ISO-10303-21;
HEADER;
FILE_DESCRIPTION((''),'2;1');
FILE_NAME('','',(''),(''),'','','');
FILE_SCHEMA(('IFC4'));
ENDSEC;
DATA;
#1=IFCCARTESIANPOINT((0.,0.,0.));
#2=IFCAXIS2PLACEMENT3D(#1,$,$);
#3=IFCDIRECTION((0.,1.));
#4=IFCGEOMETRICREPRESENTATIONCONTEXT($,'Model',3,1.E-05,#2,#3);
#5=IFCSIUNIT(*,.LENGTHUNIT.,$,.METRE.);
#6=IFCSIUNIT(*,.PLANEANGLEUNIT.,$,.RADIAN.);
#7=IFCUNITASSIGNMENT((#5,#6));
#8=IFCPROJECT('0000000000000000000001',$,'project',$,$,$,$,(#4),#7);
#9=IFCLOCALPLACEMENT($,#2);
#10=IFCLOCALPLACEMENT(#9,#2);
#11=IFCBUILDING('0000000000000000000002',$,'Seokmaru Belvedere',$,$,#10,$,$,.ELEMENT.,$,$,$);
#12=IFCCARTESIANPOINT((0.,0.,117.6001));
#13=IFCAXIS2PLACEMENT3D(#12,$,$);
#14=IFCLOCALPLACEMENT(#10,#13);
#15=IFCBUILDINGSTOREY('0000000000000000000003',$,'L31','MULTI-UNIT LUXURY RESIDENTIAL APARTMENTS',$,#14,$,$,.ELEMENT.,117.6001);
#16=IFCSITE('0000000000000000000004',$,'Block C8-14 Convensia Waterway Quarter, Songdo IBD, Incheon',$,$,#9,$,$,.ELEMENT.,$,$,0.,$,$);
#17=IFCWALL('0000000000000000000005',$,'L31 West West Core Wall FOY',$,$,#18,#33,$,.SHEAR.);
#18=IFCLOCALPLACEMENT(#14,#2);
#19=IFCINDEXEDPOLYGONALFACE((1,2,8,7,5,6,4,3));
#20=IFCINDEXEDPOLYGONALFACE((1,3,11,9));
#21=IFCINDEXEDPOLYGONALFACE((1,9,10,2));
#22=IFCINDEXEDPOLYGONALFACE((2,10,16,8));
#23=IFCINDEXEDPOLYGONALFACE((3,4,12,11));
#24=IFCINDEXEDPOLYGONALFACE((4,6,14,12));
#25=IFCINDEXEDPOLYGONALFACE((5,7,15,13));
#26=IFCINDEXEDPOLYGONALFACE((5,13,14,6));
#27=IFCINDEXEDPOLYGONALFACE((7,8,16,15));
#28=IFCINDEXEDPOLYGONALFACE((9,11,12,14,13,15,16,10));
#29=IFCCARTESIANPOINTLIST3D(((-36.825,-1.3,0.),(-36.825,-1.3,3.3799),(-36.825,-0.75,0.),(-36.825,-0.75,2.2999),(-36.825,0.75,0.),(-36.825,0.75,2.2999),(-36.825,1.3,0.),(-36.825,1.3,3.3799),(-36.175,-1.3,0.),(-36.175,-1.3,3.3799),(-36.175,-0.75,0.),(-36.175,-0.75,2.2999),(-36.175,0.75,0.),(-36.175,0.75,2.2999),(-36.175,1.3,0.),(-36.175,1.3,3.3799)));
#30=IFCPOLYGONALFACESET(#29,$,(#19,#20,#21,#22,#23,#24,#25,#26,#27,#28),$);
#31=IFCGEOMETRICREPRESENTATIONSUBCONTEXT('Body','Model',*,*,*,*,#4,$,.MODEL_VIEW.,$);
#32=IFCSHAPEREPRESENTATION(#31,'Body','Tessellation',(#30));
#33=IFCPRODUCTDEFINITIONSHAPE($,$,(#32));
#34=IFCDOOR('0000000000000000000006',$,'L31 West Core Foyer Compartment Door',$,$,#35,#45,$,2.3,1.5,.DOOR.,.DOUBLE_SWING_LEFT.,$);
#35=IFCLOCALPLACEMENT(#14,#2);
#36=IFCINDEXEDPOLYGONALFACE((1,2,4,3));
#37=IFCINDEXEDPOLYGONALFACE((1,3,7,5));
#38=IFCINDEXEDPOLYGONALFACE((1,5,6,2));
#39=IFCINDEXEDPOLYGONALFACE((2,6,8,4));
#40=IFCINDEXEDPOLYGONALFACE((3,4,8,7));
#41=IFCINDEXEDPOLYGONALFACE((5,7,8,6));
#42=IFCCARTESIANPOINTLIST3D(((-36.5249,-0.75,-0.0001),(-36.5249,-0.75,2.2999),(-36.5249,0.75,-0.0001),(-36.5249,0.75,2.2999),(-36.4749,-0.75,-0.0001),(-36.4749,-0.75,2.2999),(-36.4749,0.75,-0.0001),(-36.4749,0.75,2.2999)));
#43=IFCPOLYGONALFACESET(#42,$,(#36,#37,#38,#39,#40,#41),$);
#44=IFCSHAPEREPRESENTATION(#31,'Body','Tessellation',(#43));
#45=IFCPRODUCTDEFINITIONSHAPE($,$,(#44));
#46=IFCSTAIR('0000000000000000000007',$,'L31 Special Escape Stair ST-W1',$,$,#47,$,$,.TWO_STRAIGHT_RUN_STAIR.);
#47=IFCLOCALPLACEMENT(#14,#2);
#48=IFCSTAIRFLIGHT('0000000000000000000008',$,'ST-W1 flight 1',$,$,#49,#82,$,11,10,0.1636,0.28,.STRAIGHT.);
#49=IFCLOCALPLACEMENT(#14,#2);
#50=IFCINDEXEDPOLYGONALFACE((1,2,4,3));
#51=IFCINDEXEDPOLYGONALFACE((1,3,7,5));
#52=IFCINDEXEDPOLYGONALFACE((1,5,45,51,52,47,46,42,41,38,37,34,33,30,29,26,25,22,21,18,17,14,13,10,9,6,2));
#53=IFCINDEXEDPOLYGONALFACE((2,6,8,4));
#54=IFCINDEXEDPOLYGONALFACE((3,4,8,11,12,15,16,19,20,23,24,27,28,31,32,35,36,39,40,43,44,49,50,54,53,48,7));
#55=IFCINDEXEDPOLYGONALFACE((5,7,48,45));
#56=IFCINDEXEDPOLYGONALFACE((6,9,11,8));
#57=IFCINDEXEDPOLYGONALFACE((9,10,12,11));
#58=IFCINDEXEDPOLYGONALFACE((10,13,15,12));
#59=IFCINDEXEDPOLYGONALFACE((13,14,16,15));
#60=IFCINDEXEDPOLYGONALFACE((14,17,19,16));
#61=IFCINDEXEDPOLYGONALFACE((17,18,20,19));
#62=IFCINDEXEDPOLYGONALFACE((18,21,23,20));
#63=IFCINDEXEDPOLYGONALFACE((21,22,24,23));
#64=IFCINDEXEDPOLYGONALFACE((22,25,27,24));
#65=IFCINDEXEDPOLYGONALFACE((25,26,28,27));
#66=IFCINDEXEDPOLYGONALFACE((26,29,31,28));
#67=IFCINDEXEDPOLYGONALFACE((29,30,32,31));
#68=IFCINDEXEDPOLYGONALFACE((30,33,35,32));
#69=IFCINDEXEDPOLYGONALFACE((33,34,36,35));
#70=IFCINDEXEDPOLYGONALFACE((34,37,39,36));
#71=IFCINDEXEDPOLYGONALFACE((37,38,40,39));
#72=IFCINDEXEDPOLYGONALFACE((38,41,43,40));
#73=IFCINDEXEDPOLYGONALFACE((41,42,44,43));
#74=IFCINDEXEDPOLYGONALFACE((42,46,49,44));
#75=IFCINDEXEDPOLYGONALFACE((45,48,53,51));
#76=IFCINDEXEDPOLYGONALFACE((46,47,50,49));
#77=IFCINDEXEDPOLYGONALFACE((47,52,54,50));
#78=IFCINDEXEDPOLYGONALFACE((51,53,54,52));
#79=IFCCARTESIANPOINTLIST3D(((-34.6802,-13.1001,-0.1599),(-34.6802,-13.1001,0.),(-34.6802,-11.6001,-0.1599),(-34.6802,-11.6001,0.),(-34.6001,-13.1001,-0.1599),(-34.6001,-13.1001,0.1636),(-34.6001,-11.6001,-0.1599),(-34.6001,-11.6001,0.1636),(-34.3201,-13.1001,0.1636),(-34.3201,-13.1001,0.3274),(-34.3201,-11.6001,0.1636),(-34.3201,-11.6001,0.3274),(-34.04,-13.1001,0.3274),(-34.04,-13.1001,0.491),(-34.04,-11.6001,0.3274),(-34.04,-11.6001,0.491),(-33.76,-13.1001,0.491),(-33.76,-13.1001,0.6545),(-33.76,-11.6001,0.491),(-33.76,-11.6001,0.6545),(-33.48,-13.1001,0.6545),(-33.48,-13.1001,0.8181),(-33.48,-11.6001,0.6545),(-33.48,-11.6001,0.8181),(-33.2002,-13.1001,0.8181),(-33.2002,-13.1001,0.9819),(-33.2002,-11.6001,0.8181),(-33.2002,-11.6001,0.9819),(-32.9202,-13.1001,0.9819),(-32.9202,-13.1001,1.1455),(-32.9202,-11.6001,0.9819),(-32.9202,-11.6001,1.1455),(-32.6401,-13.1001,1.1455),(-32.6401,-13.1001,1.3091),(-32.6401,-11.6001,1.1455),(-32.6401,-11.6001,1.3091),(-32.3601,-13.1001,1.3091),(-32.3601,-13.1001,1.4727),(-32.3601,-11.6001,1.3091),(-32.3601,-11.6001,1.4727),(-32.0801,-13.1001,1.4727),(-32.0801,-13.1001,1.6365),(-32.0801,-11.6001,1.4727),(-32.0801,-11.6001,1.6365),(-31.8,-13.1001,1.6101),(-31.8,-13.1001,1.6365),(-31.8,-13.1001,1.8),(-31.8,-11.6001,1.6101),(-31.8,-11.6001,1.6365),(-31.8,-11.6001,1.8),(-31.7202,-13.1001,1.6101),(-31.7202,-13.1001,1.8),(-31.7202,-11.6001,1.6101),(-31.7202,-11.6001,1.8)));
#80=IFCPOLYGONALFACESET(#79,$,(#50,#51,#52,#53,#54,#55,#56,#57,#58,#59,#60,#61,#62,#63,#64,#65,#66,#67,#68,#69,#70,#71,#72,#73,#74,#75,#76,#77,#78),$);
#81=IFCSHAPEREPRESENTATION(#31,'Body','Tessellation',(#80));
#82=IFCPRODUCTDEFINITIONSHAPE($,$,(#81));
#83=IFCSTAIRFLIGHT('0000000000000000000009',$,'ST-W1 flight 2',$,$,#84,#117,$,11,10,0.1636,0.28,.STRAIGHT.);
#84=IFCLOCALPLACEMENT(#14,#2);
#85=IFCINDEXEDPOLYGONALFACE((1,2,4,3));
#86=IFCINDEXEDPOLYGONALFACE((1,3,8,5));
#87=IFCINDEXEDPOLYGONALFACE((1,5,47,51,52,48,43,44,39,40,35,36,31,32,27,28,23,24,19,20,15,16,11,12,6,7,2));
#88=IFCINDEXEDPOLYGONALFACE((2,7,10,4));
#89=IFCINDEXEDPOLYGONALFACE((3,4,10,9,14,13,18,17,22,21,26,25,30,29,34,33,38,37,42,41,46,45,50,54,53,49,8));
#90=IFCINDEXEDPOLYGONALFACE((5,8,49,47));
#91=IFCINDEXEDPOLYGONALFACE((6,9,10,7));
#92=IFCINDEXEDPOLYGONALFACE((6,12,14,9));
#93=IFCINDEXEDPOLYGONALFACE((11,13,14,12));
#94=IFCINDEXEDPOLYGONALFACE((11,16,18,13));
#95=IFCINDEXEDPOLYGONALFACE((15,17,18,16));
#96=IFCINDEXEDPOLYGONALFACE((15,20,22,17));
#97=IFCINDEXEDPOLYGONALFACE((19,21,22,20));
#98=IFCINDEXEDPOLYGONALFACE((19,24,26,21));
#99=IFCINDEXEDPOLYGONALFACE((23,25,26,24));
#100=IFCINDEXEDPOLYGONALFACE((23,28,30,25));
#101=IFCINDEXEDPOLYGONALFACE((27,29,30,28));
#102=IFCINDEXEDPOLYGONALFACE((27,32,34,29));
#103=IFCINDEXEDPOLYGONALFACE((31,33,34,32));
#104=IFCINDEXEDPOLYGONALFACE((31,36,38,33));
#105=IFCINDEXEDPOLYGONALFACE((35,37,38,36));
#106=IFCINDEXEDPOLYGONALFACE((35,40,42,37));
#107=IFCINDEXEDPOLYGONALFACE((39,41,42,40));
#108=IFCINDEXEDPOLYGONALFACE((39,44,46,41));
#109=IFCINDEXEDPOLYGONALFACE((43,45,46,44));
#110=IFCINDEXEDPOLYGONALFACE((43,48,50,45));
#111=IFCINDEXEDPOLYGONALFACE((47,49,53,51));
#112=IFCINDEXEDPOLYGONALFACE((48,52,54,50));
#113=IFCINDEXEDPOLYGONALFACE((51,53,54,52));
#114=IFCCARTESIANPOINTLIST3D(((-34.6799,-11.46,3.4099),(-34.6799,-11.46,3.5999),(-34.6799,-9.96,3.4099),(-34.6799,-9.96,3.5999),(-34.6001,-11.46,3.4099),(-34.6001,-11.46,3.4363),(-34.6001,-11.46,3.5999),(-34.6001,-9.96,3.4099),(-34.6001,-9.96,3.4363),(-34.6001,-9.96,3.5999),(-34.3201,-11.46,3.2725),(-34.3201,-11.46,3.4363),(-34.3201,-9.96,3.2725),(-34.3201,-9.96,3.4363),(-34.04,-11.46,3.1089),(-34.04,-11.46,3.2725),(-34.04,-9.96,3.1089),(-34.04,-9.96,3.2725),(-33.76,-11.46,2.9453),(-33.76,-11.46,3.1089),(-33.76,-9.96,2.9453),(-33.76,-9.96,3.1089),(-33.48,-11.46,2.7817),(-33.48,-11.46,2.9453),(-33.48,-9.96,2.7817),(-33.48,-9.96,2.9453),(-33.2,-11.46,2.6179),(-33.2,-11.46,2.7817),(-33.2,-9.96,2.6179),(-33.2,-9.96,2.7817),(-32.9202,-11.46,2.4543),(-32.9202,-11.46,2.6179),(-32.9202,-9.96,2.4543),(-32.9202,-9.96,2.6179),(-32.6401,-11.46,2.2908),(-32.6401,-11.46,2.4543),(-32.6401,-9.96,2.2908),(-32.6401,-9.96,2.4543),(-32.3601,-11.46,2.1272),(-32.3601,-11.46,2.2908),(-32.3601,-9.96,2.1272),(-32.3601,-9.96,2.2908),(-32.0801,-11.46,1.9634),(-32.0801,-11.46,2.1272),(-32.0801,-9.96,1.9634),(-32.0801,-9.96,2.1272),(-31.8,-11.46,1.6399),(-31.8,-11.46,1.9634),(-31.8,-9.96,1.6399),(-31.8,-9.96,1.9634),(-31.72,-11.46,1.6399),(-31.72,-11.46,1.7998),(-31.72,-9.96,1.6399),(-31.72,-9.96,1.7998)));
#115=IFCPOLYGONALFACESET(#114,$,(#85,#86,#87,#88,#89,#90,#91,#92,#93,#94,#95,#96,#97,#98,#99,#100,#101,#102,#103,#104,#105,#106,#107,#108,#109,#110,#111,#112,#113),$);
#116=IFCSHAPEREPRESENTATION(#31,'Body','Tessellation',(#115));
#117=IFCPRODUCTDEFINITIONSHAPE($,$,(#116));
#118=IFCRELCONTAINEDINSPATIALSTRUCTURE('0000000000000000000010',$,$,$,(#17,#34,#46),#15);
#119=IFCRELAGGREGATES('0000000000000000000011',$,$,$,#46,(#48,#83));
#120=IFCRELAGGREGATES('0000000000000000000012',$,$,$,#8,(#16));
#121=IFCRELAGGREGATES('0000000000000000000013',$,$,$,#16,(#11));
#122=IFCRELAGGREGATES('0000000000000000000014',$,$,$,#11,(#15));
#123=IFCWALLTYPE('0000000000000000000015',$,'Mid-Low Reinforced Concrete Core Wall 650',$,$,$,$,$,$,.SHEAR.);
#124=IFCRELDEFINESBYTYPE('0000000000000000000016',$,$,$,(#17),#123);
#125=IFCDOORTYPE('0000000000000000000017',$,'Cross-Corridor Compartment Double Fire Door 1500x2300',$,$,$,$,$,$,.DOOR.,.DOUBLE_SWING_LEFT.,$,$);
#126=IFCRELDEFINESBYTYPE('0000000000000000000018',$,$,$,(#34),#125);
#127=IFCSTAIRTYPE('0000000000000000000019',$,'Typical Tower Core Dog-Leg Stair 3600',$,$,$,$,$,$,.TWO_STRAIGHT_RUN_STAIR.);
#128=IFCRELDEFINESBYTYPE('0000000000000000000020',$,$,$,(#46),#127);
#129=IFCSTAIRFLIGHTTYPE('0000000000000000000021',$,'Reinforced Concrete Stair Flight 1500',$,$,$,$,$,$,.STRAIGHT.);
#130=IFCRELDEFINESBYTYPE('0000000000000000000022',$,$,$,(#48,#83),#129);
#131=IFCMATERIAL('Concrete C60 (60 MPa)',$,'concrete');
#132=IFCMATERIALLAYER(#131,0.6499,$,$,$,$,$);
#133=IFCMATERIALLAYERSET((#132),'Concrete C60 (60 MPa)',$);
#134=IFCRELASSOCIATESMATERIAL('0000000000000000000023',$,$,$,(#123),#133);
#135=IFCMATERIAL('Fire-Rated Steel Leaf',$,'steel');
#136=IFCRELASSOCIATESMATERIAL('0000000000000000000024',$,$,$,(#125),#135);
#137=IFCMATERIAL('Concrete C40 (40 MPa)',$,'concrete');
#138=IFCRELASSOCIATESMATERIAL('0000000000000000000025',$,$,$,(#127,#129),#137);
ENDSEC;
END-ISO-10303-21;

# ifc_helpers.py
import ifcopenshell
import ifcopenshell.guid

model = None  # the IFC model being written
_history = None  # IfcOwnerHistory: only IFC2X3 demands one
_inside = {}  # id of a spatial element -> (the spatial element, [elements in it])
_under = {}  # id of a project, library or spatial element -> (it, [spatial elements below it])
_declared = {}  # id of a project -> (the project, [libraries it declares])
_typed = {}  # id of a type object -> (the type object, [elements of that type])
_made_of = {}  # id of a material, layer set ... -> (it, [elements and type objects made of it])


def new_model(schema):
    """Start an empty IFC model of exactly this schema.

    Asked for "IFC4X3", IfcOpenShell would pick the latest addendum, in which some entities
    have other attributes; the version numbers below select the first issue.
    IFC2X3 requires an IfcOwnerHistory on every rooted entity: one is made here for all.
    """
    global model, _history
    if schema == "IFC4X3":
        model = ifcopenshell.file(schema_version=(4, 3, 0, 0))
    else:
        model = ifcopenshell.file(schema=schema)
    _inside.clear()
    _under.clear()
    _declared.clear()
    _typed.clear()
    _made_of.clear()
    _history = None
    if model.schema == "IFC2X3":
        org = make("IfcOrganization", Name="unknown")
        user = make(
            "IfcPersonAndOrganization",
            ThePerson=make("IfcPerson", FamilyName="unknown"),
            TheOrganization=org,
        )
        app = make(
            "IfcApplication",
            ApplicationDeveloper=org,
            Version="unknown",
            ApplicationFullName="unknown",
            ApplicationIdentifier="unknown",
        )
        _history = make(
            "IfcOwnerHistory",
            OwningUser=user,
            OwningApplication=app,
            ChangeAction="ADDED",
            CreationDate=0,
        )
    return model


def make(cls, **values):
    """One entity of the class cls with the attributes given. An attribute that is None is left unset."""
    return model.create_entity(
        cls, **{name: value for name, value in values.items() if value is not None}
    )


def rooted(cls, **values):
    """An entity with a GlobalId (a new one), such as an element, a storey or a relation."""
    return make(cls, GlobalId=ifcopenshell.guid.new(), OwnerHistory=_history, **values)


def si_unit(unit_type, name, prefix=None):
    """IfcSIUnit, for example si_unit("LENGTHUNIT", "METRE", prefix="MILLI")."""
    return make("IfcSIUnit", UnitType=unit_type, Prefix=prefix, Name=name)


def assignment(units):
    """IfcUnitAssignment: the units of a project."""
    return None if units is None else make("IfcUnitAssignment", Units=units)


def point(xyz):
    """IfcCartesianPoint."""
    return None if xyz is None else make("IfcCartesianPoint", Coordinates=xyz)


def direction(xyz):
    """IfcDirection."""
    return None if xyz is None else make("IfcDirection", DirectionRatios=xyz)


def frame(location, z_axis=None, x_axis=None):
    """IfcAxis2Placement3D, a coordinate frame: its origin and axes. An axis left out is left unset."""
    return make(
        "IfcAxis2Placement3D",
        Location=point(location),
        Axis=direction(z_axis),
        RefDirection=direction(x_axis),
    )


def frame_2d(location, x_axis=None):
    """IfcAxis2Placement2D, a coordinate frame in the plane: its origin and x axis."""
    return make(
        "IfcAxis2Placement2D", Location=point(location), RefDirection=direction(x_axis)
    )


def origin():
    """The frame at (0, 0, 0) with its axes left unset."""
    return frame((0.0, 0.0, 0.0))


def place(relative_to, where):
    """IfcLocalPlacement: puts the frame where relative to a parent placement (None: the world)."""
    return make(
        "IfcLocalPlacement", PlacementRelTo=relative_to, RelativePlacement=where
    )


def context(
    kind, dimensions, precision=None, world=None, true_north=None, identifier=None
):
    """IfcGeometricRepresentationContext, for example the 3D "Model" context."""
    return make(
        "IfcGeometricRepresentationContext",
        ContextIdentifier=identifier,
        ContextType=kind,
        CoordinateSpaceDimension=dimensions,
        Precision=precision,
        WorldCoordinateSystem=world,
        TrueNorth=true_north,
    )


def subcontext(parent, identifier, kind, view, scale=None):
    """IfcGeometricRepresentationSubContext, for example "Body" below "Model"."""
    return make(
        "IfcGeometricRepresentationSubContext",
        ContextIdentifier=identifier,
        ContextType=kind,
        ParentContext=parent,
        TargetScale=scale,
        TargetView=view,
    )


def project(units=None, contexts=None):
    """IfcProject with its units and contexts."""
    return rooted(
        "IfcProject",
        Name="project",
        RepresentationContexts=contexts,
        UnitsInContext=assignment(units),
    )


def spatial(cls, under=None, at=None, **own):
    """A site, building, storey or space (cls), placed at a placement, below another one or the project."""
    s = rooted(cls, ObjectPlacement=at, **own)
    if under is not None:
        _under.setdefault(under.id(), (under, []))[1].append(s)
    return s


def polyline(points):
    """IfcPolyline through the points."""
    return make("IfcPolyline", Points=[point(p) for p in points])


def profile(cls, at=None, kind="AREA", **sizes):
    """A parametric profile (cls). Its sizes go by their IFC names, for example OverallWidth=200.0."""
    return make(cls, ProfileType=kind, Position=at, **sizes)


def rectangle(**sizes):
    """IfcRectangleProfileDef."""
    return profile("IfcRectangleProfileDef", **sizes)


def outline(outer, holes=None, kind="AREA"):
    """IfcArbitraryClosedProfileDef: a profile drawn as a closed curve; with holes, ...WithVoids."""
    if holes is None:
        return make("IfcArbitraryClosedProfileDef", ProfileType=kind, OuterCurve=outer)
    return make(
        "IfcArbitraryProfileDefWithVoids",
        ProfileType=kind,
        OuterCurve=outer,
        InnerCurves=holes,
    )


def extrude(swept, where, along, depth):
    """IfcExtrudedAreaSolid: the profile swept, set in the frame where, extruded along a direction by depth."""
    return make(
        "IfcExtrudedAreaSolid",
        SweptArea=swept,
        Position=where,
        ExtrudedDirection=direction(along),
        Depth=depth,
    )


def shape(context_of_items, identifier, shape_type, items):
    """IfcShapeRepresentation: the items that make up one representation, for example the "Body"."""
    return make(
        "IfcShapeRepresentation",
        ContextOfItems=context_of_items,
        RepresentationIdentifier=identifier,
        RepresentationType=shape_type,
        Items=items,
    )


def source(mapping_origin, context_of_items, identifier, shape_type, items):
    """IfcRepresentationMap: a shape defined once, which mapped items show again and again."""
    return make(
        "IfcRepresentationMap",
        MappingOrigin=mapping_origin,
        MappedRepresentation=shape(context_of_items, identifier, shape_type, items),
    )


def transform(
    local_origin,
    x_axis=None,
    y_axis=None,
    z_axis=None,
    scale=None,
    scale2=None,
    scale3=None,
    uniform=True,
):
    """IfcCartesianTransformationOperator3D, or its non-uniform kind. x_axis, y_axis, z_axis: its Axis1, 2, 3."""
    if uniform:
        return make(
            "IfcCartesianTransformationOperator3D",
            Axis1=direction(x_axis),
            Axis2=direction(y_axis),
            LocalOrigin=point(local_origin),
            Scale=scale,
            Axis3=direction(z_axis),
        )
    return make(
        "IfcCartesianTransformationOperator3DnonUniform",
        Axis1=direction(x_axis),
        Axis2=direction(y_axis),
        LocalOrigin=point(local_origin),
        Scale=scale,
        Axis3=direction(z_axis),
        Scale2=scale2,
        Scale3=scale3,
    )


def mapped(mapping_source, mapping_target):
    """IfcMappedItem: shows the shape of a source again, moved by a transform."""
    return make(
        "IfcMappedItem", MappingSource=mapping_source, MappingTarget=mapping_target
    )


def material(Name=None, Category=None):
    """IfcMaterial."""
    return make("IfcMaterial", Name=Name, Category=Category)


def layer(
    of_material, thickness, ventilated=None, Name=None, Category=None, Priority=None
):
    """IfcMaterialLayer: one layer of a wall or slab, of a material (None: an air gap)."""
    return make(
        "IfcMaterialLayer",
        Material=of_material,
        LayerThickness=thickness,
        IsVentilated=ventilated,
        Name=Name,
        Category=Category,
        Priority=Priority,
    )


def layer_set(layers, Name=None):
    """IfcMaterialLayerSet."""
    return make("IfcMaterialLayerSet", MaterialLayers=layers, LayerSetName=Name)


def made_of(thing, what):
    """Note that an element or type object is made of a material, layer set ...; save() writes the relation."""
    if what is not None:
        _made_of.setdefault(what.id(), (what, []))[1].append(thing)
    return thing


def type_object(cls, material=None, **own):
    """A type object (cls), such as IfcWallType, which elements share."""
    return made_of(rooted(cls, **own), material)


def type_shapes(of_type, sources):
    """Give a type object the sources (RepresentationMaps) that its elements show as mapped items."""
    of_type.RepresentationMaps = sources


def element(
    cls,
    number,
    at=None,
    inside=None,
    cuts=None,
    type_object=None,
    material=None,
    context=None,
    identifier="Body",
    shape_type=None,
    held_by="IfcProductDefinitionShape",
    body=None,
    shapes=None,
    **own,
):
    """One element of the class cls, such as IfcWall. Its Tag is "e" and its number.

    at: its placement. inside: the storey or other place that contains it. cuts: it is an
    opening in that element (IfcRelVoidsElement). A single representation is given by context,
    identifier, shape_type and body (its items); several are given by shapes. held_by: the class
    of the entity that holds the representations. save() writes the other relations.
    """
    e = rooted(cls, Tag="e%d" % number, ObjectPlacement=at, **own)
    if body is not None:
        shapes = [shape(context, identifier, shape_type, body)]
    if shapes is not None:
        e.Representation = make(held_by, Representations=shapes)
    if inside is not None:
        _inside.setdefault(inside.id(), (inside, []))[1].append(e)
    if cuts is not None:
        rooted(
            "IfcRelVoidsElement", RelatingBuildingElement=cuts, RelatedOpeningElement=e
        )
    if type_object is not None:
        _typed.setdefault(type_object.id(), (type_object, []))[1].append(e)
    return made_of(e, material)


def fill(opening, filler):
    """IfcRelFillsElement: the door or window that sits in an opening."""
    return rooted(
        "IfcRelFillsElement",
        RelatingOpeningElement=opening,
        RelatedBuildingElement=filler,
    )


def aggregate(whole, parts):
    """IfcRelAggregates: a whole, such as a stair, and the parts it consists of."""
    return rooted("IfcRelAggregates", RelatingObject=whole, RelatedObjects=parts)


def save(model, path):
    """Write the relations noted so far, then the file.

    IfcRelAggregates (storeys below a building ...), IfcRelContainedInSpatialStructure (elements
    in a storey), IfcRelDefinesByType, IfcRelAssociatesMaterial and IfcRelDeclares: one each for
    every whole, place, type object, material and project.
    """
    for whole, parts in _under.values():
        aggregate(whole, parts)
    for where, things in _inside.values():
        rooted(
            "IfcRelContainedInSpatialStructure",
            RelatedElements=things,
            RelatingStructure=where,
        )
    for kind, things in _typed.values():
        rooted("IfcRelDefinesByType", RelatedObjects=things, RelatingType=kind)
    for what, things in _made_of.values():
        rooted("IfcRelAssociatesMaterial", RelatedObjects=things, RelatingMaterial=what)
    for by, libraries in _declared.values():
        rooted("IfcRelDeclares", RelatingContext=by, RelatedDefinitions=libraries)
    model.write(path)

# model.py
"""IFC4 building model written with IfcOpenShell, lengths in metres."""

from ifc_helpers import new_model, si_unit, direction, frame, frame_2d, origin, place, context, subcontext, project, spatial, polyline, rectangle, outline, extrude, source, transform, mapped, material, layer, layer_set, type_object, type_shapes, element, fill, aggregate, save


model = new_model("IFC4")

# Units and contexts
model_context = context("Model", 3, precision=1e-05, world=origin(), true_north=direction((0.0, 1.0)))
body_context = subcontext(model_context, "Body", "Model", "MODEL_VIEW")
ifc_project = project(units=[si_unit("LENGTHUNIT", "METRE"), si_unit("PLANEANGLEUNIT", "RADIAN")], contexts=[model_context])

# Site, building, storey
site_placement = place(None, origin())
site = spatial("IfcSite", under=ifc_project, at=site_placement, Name="Block C8-14 Convensia Waterway Quarter, Songdo IBD, Incheon", CompositionType="ELEMENT", RefElevation=0.0)
building_placement = place(site_placement, origin())
building = spatial("IfcBuilding", under=site, at=building_placement, Name="Seokmaru Belvedere", CompositionType="ELEMENT")
storey_placement = place(building_placement, frame((0.0, 0.0, 117.6001)))
storey = spatial("IfcBuildingStorey", under=building, at=storey_placement, Name="L31", Description="MULTI-UNIT LUXURY RESIDENTIAL APARTMENTS", CompositionType="ELEMENT", Elevation=117.6001)

# Shared definitions
ifc_material_1 = material(Name="Fire-Rated Steel Leaf", Category="steel")

# Wall, opening, door
ifc_material_2 = material(Name="Concrete C60 (60 MPa)", Category="concrete")
ifc_layer_1 = layer(ifc_material_2, 0.6499)
ifc_layer_set_1 = layer_set([ifc_layer_1], Name="Concrete C60 (60 MPa)")
wall_type_1 = type_object("IfcWallType", Name="Mid-Low Reinforced Concrete Core Wall 650", PredefinedType="SHEAR", material=ifc_layer_set_1)
wall_1_placement = place(storey_placement, frame((-36.5, -1.3, 0.0), z_axis=(0.0, 0.0, 1.0), x_axis=(0.0, 1.0, 0.0)))
wall_1 = element("IfcWall", 1, at=wall_1_placement, inside=storey, type_object=wall_type_1, Name="L31 West West Core Wall FOY", PredefinedType="SHEAR", context=body_context, shape_type="SweptSolid", body=[
    extrude(rectangle(XDim=2.6001, YDim=0.6499, at=frame_2d((1.3, 0.0))), origin(), (0.0, 0.0, 1.0), 3.3799),
])
opening_1_placement = place(wall_1_placement, frame((0.55, 0.0, 0.0)))
opening_1 = element("IfcOpeningElement", 2, at=opening_1_placement, cuts=wall_1, PredefinedType="OPENING", context=body_context, shape_type="SweptSolid", body=[
    extrude(rectangle(XDim=1.5, YDim=2.3, at=frame_2d((0.75, 1.1499))), frame((0.0, 0.335, 0.0), z_axis=(0.0, -1.0, 0.0), x_axis=(1.0, 0.0, 0.0)), (0.0, 0.0, 1.0), 0.6699),
])
door_type_1 = type_object("IfcDoorType", Name="Cross-Corridor Compartment Double Fire Door 1500x2300", OperationType="DOUBLE_SWING_LEFT", PredefinedType="DOOR", material=ifc_material_1)
shared_shape_1 = source(origin(), body_context, "Body", "SweptSolid", [
    extrude(rectangle(XDim=1.5, YDim=2.3, at=frame_2d((0.75, 1.1499))), frame((0.0, 0.0249, 0.0), z_axis=(0.0, -1.0, 0.0), x_axis=(1.0, 0.0, 0.0)), (0.0, 0.0, 1.0), 0.05),
])
type_shapes(door_type_1, [shared_shape_1])
door_1_placement = place(opening_1_placement, origin())
door_1 = element("IfcDoor", 3, at=door_1_placement, inside=storey, type_object=door_type_1, Name="L31 West Core Foyer Compartment Door", OperationType="DOUBLE_SWING_LEFT", OverallHeight=2.3, OverallWidth=1.5, PredefinedType="DOOR", context=body_context, shape_type="MappedRepresentation", body=[
    mapped(shared_shape_1, transform((0.0, 0.0, 0.0), scale=1.0)),
])
fill(opening_1, door_1)

# Stair, stair flights
ifc_material_3 = material(Name="Concrete C40 (40 MPa)", Category="concrete")
stair_type = type_object("IfcStairType", Name="Typical Tower Core Dog-Leg Stair 3600", PredefinedType="TWO_STRAIGHT_RUN_STAIR", material=ifc_material_3)
stair_placement = place(storey_placement, origin())
stair = element("IfcStair", 4, at=stair_placement, inside=storey, type_object=stair_type, Name="L31 Special Escape Stair ST-W1", PredefinedType="TWO_STRAIGHT_RUN_STAIR")
stair_flight_type = type_object("IfcStairFlightType", Name="Reinforced Concrete Stair Flight 1500", PredefinedType="STRAIGHT", material=ifc_material_3)
stair_flight_1_placement = place(storey_placement, frame((-34.6001, -12.3501, 0.0), z_axis=(0.0, 0.0, 1.0), x_axis=(1.0, 0.0, 0.0)))
stair_flight_1 = element("IfcStairFlight", 5, at=stair_flight_1_placement, type_object=stair_flight_type, Name="ST-W1 flight 1", NumberOfRisers=11, NumberOfTreads=10, PredefinedType="STRAIGHT", RiserHeight=0.1636, TreadLength=0.28, context=body_context, shape_type="SweptSolid", body=[
    extrude(outline(polyline([(-0.0801, 0.0), (0.0, 0.1636), (0.28, 0.1636), (0.28, 0.3274), (0.5601, 0.3274), (0.5601, 0.491), (0.8401, 0.491), (0.8401, 0.6545), (1.1201, 0.6545), (1.1201, 0.8181), (1.3999, 0.8181), (1.3999, 0.9819), (1.6799, 0.9819), (1.6799, 1.1455), (1.96, 1.1455), (1.96, 1.3091), (2.24, 1.3091), (2.24, 1.4727), (2.52, 1.4727), (2.52, 1.6365), (2.8, 1.6365), (2.8, 1.8), (2.8799, 1.8), (2.8799, 1.6101), (2.8, 1.6101), (0.0, -0.1599), (-0.0801, -0.1599), (-0.0801, 0.0)])), frame((0.0, 0.75, 0.0), z_axis=(0.0, -1.0, 0.0), x_axis=(1.0, 0.0, 0.0)), (0.0, 0.0, 1.0), 1.5),
])
stair_flight_2_placement = place(storey_placement, frame((-31.8, -10.71, 1.7998), z_axis=(0.0, 0.0, 1.0), x_axis=(-1.0, 0.0, 0.0)))
stair_flight_2 = element("IfcStairFlight", 6, at=stair_flight_2_placement, type_object=stair_flight_type, Name="ST-W1 flight 2", NumberOfRisers=11, NumberOfTreads=10, PredefinedType="STRAIGHT", RiserHeight=0.1636, TreadLength=0.28, context=body_context, shape_type="SweptSolid", body=[
    extrude(outline(polyline([(-0.0801, 0.0), (0.0, 0.1636), (0.28, 0.1636), (0.28, 0.3274), (0.5601, 0.3274), (0.5601, 0.491), (0.8401, 0.491), (0.8401, 0.6545), (1.1201, 0.6545), (1.1201, 0.8181), (1.3999, 0.8181), (1.3999, 0.9819), (1.6799, 0.9819), (1.6799, 1.1455), (1.96, 1.1455), (1.96, 1.3091), (2.24, 1.3091), (2.24, 1.4727), (2.52, 1.4727), (2.52, 1.6365), (2.8, 1.6365), (2.8, 1.8), (2.8799, 1.8), (2.8799, 1.6101), (2.8, 1.6101), (0.0, -0.1599), (-0.0801, -0.1599), (-0.0801, 0.0)])), frame((0.0, 0.75, 0.0), z_axis=(0.0, -1.0, 0.0), x_axis=(1.0, 0.0, 0.0)), (0.0, 0.0, 1.0), 1.5),
])
aggregate(stair, [stair_flight_1, stair_flight_2])

save(model, "model.ifc")
